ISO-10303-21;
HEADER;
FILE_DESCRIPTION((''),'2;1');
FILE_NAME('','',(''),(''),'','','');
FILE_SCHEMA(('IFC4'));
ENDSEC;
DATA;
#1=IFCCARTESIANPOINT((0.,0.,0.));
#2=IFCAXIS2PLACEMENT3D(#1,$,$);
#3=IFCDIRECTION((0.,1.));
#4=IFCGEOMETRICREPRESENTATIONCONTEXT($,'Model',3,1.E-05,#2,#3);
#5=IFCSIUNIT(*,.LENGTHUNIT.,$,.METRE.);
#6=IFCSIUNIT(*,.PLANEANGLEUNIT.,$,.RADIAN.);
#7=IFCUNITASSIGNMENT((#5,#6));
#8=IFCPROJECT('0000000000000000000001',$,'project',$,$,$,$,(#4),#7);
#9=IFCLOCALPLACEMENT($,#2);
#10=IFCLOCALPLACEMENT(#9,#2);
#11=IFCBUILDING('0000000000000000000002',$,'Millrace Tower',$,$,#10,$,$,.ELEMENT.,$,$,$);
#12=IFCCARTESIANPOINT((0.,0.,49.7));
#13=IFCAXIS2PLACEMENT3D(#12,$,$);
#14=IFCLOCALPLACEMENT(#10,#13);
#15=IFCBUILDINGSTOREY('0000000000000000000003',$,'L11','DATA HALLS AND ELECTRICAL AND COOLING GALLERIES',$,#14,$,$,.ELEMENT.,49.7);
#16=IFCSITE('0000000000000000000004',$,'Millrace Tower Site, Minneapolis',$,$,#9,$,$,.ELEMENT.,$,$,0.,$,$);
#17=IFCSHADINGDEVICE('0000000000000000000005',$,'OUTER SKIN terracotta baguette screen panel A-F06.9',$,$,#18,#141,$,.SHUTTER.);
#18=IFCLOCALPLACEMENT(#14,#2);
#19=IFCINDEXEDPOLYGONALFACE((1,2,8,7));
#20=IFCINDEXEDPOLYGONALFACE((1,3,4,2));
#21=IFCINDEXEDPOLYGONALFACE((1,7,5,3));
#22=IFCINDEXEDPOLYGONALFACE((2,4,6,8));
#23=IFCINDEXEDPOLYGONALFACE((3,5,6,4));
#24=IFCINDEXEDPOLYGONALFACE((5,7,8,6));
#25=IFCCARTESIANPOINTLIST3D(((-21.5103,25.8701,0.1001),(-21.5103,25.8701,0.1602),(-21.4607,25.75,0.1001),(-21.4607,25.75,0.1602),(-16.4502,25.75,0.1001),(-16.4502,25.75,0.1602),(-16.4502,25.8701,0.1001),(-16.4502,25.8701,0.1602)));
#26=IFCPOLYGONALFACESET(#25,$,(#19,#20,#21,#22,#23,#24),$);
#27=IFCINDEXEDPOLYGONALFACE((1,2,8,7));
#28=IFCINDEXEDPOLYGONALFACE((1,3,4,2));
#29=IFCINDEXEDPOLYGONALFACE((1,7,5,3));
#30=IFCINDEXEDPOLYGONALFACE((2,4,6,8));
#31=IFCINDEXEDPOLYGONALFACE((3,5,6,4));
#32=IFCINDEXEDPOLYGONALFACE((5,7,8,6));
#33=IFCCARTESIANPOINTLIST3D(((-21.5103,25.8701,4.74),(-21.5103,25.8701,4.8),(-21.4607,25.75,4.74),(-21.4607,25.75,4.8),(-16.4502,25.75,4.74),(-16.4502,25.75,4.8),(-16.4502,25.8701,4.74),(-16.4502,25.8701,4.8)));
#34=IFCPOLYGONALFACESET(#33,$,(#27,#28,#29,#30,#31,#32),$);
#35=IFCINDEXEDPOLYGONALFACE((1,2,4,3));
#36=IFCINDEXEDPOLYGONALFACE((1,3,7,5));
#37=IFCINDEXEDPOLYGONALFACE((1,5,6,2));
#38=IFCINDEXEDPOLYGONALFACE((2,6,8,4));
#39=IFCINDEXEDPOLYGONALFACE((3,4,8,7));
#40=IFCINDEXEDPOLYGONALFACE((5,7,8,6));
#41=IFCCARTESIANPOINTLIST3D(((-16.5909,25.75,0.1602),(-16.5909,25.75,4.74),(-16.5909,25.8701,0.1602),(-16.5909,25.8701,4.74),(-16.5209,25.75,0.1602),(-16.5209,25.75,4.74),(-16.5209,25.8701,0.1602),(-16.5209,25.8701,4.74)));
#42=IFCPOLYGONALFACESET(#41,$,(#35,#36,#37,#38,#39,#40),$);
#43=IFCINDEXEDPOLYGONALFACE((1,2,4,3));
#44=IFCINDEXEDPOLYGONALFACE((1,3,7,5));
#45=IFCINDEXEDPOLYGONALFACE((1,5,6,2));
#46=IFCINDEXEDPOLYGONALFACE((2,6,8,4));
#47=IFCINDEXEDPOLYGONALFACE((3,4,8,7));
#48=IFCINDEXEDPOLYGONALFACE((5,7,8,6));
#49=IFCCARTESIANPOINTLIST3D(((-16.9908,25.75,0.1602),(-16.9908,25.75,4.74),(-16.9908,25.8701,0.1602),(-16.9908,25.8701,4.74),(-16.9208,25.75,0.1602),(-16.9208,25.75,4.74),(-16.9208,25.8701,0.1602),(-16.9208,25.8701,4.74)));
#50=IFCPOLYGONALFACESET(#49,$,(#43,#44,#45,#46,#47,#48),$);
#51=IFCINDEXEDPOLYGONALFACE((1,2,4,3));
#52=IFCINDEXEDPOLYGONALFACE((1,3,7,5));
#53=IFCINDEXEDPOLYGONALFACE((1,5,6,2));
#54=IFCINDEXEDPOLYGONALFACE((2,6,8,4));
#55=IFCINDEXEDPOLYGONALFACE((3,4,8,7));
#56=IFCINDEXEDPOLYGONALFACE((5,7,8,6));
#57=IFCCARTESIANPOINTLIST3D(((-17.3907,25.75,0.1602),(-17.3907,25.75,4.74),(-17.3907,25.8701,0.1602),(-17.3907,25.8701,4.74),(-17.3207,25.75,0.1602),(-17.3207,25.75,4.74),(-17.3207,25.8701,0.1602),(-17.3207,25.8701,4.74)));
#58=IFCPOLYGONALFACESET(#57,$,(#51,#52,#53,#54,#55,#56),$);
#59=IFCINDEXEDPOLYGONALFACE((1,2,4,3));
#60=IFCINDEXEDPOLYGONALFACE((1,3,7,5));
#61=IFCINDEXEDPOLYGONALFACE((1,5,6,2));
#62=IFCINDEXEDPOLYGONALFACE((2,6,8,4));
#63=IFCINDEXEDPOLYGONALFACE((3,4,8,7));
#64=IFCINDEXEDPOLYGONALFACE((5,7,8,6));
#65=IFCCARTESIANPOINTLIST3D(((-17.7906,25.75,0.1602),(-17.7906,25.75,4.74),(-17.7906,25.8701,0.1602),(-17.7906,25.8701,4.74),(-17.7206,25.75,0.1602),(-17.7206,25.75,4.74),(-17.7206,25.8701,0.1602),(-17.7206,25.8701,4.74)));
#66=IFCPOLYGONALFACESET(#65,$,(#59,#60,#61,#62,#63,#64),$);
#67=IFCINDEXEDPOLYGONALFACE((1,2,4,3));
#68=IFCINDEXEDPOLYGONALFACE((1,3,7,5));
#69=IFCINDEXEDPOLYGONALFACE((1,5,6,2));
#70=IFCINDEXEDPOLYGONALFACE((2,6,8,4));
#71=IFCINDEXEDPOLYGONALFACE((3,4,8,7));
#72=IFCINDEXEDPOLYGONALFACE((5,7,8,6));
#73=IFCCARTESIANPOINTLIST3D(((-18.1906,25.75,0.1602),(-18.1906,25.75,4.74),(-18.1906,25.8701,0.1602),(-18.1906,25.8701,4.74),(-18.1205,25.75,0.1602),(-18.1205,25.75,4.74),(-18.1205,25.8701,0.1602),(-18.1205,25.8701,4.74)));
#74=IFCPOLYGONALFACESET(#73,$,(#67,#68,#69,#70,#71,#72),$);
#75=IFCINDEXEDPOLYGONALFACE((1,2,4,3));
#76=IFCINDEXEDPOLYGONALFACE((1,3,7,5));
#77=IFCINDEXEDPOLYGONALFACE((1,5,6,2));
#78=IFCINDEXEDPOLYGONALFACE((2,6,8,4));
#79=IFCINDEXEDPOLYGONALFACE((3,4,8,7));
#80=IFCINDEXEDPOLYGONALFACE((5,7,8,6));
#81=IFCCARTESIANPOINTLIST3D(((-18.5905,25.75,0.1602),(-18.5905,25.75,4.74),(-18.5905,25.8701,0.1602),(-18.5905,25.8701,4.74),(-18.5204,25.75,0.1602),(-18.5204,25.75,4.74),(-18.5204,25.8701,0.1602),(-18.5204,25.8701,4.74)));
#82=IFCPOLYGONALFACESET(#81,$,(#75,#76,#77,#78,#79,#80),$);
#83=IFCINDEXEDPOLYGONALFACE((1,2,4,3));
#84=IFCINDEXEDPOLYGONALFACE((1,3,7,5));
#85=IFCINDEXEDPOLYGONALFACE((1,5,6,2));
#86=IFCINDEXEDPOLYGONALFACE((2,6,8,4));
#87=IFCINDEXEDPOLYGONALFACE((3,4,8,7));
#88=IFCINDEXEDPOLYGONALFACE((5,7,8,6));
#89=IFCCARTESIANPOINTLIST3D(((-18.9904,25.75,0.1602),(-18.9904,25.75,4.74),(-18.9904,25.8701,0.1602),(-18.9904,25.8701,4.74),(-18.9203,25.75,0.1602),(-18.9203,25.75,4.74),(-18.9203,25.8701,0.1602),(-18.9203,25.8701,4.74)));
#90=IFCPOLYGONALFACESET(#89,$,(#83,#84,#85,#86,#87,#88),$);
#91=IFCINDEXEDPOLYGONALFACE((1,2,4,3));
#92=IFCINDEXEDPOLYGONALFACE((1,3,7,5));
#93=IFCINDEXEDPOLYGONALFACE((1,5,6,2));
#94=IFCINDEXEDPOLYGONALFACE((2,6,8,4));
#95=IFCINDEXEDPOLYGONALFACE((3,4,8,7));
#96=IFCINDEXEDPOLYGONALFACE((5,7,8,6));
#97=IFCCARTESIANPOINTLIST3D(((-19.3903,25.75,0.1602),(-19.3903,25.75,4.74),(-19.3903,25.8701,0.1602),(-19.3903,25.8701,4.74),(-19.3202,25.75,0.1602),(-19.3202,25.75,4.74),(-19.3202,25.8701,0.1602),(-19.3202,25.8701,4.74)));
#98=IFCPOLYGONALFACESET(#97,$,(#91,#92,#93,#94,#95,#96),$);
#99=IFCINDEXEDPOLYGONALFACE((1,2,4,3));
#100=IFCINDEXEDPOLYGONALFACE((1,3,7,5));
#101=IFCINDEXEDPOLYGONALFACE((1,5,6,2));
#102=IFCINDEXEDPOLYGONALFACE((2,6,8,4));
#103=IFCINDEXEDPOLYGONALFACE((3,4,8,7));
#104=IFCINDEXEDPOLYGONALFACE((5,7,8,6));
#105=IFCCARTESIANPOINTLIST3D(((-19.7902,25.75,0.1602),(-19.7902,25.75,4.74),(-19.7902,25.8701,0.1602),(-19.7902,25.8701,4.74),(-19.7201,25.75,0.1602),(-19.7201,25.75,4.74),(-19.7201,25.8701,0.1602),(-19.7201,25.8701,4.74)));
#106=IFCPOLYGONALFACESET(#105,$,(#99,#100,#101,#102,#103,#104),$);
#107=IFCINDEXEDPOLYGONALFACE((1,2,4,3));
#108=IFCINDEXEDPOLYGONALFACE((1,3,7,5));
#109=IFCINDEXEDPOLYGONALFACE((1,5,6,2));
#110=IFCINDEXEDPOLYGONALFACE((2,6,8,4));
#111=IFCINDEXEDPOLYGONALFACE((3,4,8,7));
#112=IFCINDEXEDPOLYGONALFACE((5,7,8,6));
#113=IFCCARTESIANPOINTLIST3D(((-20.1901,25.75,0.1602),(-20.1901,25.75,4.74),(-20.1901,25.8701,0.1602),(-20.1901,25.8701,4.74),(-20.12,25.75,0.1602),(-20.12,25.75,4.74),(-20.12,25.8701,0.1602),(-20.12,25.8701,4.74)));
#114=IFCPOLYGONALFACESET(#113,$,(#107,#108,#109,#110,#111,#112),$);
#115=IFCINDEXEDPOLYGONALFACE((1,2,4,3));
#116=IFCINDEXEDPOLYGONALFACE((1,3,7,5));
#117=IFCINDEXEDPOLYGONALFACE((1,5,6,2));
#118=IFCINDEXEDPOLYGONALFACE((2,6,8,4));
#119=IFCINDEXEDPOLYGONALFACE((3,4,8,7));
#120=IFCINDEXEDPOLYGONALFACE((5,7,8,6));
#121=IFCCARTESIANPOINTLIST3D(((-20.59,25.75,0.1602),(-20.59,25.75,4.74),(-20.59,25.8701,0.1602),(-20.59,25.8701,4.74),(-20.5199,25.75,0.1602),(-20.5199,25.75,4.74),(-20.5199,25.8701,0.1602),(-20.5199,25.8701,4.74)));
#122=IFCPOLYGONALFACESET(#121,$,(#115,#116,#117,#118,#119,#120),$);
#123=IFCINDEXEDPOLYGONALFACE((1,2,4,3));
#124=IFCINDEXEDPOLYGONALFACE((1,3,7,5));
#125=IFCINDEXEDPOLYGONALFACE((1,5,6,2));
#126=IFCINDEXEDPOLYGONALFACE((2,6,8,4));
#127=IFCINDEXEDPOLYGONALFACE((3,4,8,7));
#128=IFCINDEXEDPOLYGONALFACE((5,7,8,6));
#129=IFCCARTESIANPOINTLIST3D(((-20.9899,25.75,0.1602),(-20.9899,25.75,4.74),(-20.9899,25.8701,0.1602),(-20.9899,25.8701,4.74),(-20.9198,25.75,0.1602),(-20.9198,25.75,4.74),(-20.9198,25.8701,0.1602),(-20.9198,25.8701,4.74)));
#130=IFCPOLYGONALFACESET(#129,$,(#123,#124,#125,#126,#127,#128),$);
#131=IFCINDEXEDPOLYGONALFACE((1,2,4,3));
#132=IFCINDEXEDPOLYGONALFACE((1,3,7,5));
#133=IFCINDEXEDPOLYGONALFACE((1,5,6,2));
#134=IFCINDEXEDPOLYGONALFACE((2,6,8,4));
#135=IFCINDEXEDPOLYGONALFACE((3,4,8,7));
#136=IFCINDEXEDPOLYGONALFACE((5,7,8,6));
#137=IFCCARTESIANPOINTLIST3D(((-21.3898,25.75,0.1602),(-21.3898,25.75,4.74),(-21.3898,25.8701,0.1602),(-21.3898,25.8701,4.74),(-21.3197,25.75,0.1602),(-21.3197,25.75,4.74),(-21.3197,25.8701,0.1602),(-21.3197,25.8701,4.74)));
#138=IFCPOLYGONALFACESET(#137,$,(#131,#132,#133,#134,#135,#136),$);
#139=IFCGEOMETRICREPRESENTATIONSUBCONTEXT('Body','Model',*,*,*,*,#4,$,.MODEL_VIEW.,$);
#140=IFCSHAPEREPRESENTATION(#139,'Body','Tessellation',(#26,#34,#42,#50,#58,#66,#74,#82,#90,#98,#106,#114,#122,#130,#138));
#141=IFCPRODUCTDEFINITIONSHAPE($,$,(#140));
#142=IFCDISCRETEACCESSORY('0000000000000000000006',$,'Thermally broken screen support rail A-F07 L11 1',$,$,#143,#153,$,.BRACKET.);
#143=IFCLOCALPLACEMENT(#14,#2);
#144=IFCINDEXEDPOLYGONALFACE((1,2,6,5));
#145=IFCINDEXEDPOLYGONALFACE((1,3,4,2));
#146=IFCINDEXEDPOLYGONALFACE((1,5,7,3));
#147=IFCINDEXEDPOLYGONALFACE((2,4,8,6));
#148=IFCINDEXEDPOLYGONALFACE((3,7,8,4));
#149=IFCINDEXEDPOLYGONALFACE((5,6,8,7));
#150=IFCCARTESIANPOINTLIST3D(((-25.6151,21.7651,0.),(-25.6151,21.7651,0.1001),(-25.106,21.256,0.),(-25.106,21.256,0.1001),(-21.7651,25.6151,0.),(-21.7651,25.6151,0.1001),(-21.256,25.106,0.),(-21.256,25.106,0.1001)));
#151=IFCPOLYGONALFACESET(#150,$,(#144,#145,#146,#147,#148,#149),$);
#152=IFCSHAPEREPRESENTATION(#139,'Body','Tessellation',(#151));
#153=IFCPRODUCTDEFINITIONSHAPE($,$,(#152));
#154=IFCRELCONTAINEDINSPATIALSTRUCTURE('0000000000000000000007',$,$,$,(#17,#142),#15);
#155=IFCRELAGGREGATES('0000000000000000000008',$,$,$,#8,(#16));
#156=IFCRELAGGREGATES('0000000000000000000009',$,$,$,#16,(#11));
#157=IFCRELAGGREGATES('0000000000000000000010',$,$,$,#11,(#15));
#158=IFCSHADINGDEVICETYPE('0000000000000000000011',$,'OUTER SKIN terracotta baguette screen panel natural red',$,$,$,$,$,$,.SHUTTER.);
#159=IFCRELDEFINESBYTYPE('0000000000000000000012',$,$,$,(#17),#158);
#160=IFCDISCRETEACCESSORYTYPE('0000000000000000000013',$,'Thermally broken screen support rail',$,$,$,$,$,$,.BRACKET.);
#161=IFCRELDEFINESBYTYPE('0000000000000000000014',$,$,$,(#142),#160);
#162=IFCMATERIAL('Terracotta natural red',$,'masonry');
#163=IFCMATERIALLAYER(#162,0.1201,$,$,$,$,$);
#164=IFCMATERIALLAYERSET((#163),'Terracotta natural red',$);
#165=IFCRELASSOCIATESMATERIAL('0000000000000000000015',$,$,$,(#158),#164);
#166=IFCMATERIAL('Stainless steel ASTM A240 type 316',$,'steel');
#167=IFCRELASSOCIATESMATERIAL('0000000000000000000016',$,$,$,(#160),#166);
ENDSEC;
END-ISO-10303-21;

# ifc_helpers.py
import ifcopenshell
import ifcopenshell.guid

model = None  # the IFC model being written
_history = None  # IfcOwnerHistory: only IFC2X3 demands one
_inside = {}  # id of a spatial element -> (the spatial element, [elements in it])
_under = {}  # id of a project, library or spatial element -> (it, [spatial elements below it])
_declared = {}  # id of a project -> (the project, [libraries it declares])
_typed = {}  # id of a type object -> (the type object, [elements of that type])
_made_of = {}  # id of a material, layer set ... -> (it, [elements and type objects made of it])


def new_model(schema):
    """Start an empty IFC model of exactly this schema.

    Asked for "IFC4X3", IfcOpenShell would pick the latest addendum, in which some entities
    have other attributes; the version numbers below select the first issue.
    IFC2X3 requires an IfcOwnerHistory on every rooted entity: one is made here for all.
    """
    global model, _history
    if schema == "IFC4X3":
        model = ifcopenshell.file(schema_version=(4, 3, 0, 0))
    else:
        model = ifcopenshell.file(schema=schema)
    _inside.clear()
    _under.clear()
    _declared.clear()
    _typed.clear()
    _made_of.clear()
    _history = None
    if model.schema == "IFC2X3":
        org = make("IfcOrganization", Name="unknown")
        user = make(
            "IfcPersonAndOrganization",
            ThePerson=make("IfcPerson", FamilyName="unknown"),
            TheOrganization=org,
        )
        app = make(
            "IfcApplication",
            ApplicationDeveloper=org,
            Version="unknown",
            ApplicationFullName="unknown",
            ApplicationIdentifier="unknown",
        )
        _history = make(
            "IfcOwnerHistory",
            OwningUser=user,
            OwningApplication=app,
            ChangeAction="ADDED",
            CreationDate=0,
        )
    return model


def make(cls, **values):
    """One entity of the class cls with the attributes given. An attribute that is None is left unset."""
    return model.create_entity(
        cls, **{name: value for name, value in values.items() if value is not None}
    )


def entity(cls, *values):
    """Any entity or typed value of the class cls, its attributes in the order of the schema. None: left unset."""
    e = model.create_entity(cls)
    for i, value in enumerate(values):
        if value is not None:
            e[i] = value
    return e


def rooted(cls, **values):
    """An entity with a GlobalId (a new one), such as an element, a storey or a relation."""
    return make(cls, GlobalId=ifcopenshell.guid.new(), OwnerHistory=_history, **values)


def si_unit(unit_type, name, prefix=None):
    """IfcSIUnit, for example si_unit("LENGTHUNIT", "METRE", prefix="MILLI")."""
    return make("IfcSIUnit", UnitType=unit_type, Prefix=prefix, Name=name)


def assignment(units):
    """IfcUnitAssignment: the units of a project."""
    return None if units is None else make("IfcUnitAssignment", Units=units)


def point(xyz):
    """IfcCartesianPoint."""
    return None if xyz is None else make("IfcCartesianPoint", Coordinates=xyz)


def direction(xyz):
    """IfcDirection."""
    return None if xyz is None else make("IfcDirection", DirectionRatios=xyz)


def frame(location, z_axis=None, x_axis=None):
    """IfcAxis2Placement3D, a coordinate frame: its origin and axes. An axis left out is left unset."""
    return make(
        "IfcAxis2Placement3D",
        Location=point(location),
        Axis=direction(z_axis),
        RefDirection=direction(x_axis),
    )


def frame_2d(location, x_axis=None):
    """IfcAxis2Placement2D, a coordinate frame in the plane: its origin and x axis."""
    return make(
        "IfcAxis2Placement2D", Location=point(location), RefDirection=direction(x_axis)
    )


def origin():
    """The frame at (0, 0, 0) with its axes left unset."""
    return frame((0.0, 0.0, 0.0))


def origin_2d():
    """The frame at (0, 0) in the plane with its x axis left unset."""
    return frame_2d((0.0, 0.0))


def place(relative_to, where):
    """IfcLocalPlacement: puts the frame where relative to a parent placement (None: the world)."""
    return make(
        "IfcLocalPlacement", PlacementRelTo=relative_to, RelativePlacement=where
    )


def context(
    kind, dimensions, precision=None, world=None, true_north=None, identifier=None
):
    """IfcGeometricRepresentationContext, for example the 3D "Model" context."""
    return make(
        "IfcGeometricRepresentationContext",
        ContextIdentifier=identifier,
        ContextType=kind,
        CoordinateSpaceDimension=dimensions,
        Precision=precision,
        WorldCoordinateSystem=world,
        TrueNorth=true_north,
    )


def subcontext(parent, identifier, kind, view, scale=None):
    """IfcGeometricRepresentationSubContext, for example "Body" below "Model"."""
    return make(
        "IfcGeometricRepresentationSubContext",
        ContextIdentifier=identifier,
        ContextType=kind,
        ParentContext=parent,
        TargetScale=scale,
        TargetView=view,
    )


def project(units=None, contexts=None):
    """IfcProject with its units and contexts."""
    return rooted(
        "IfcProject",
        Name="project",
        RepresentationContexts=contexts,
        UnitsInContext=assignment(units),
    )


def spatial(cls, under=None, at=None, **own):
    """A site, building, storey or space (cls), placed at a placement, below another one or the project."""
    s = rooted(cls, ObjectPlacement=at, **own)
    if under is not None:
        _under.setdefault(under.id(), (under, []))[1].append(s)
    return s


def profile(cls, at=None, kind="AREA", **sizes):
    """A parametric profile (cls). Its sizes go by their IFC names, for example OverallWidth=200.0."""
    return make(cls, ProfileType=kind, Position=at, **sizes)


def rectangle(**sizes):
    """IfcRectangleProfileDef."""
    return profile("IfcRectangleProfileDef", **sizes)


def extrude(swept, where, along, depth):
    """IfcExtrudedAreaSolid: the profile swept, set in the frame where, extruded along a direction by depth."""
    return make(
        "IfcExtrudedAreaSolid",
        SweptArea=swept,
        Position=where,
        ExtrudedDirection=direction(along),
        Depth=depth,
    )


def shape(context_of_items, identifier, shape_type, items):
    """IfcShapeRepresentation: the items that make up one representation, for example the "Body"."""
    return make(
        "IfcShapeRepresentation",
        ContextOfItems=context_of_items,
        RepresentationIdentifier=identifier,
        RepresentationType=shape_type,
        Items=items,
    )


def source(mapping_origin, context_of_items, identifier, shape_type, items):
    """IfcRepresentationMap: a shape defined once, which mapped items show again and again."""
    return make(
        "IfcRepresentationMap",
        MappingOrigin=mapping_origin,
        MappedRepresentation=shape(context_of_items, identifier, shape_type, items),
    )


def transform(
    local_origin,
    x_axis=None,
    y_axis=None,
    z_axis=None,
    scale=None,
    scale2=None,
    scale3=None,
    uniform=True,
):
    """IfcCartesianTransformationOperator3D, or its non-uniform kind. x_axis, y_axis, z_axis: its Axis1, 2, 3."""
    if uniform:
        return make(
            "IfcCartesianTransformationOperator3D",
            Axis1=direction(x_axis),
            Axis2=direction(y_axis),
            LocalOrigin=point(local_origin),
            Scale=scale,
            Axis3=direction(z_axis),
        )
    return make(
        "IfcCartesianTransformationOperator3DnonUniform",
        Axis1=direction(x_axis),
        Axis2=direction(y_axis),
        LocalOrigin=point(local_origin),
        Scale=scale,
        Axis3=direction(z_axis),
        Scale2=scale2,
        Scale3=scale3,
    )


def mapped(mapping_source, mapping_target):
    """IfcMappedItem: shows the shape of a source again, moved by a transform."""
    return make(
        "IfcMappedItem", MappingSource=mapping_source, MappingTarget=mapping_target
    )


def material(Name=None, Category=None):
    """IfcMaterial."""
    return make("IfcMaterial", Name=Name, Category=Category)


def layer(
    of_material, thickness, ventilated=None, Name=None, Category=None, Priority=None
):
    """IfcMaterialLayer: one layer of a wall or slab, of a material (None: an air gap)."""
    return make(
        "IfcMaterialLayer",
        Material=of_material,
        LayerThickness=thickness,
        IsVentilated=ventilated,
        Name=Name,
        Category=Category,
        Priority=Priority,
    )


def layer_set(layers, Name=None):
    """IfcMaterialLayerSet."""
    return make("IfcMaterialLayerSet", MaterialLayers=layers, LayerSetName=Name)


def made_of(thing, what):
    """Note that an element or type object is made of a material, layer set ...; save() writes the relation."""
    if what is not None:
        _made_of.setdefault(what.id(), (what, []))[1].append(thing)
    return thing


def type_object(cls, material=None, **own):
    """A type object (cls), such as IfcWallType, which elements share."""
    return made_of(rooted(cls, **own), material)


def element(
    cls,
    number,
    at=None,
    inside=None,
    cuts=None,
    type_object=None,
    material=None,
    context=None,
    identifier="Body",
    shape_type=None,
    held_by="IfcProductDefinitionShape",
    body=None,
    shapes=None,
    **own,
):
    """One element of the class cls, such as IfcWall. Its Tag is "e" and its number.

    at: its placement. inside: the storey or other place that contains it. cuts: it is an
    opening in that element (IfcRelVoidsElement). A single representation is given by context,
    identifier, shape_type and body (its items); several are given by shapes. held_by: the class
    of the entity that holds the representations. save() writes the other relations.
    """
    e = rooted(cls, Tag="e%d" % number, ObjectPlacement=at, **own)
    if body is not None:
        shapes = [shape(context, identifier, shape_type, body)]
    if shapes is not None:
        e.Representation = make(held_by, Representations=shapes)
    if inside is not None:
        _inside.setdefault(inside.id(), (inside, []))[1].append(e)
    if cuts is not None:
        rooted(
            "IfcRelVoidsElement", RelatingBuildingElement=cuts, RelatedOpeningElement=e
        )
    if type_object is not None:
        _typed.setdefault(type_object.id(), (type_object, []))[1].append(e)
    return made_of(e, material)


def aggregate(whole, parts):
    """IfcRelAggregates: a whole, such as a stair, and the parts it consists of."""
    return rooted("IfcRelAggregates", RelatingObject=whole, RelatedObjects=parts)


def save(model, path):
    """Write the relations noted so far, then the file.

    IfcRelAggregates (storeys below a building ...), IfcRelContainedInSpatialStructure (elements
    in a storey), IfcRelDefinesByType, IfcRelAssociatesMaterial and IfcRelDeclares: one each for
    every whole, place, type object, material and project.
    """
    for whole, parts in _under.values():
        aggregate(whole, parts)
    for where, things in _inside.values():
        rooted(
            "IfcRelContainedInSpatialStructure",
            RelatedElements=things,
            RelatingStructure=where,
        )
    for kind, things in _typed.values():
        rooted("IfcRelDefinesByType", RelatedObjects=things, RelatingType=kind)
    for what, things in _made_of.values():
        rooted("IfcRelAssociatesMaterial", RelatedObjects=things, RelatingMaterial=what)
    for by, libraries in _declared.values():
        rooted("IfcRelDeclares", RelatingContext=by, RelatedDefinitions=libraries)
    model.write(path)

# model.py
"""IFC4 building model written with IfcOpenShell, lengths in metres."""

from ifc_helpers import new_model, entity, si_unit, direction, frame, frame_2d, origin, origin_2d, place, context, subcontext, project, spatial, rectangle, extrude, source, transform, mapped, material, layer, layer_set, type_object, element, save


model = new_model("IFC4")

# Units and contexts
model_context = context("Model", 3, precision=1e-05, world=origin(), true_north=direction((0.0, 1.0)))
body_context = subcontext(model_context, "Body", "Model", "MODEL_VIEW")
ifc_project = project(units=[si_unit("LENGTHUNIT", "METRE"), si_unit("PLANEANGLEUNIT", "RADIAN")], contexts=[model_context])

# Site, building, storey
site_placement = place(None, origin())
site = spatial("IfcSite", under=ifc_project, at=site_placement, Name="Millrace Tower Site, Minneapolis", CompositionType="ELEMENT", RefElevation=0.0)
building_placement = place(site_placement, origin())
building = spatial("IfcBuilding", under=site, at=building_placement, Name="Millrace Tower", CompositionType="ELEMENT")
storey_placement = place(building_placement, frame((0.0, 0.0, 49.7)))
storey = spatial("IfcBuildingStorey", under=building, at=storey_placement, Name="L11", Description="DATA HALLS AND ELECTRICAL AND COOLING GALLERIES", CompositionType="ELEMENT", Elevation=49.7)

# Shading device
ifc_material_1 = material(Name="Terracotta natural red", Category="masonry")
ifc_layer_1 = layer(ifc_material_1, 0.1201)
ifc_layer_set_1 = layer_set([ifc_layer_1], Name="Terracotta natural red")
shading_device_type_1 = type_object("IfcShadingDeviceType", Name="OUTER SKIN terracotta baguette screen panel natural red", PredefinedType="SHUTTER", material=ifc_layer_set_1)
cartesian_point_1 = entity("IfcCartesianPoint", [-2.5176, 0.0601])
shared_polyline_1 = entity("IfcPolyline", [cartesian_point_1, entity("IfcCartesianPoint", [2.4929, 0.0601]), entity("IfcCartesianPoint", [2.5425, -0.0601]), entity("IfcCartesianPoint", [-2.5176, -0.0601]), cartesian_point_1])
shared_shape_1 = source(origin(), body_context, "Body", "SweptSolid", [
    entity("IfcExtrudedAreaSolid", entity("IfcArbitraryClosedProfileDef", "AREA", None, shared_polyline_1), entity("IfcAxis2Placement3D", entity("IfcCartesianPoint", [0.0, 0.0, 0.0])), entity("IfcDirection", [0.0, 0.0, 1.0]), 0.0601),
    entity("IfcExtrudedAreaSolid", entity("IfcArbitraryClosedProfileDef", "AREA", None, shared_polyline_1), entity("IfcAxis2Placement3D", entity("IfcCartesianPoint", [0.0, 0.0, 4.6399])), entity("IfcDirection", [0.0, 0.0, 1.0]), 0.0601),
    extrude(rectangle(XDim=0.0701, YDim=0.1201, at=frame_2d((-2.4119, 0.0))), frame((0.0, 0.0, 0.0601)), (0.0, 0.0, 1.0), 4.5798),
    extrude(rectangle(XDim=0.0701, YDim=0.1201, at=frame_2d((-2.012, 0.0))), frame((0.0, 0.0, 0.0601)), (0.0, 0.0, 1.0), 4.5798),
    extrude(rectangle(XDim=0.0701, YDim=0.1201, at=frame_2d((-1.6121, 0.0))), frame((0.0, 0.0, 0.0601)), (0.0, 0.0, 1.0), 4.5798),
    extrude(rectangle(XDim=0.0701, YDim=0.1201, at=frame_2d((-1.2122, 0.0))), frame((0.0, 0.0, 0.0601)), (0.0, 0.0, 1.0), 4.5798),
    extrude(rectangle(XDim=0.0701, YDim=0.1201, at=frame_2d((-0.8123, 0.0))), frame((0.0, 0.0, 0.0601)), (0.0, 0.0, 1.0), 4.5798),
    extrude(rectangle(XDim=0.0701, YDim=0.1201, at=frame_2d((-0.4124, 0.0))), frame((0.0, 0.0, 0.0601)), (0.0, 0.0, 1.0), 4.5798),
    extrude(rectangle(XDim=0.0701, YDim=0.1201, at=frame_2d((-0.0125, 0.0))), frame((0.0, 0.0, 0.0601)), (0.0, 0.0, 1.0), 4.5798),
    extrude(rectangle(XDim=0.0701, YDim=0.1201, at=frame_2d((0.3875, 0.0))), frame((0.0, 0.0, 0.0601)), (0.0, 0.0, 1.0), 4.5798),
    extrude(rectangle(XDim=0.0701, YDim=0.1201, at=frame_2d((0.7874, 0.0))), frame((0.0, 0.0, 0.0601)), (0.0, 0.0, 1.0), 4.5798),
    extrude(rectangle(XDim=0.0701, YDim=0.1201, at=frame_2d((1.1873, 0.0))), frame((0.0, 0.0, 0.0601)), (0.0, 0.0, 1.0), 4.5798),
    extrude(rectangle(XDim=0.0701, YDim=0.1201, at=frame_2d((1.5872, 0.0))), frame((0.0, 0.0, 0.0601)), (0.0, 0.0, 1.0), 4.5798),
    extrude(rectangle(XDim=0.0701, YDim=0.1201, at=frame_2d((1.9871, 0.0))), frame((0.0, 0.0, 0.0601)), (0.0, 0.0, 1.0), 4.5798),
    extrude(rectangle(XDim=0.0701, YDim=0.1201, at=frame_2d((2.387, 0.0))), frame((0.0, 0.0, 0.0601)), (0.0, 0.0, 1.0), 4.5798),
])
shading_device_1_placement = place(storey_placement, frame((-18.9678, 25.8101, 0.1001), z_axis=(0.0, 0.0, 1.0), x_axis=(-1.0, 0.0, 0.0)))
element("IfcShadingDevice", 1, at=shading_device_1_placement, inside=storey, type_object=shading_device_type_1, Name="OUTER SKIN terracotta baguette screen panel A-F06.9", PredefinedType="SHUTTER", context=body_context, shape_type="MappedRepresentation", body=[
    mapped(shared_shape_1, transform((0.0, 0.0, 0.0), scale=1.0)),
])

# Discrete accessory
ifc_material_2 = material(Name="Stainless steel ASTM A240 type 316", Category="steel")
discrete_accessory_type = type_object("IfcDiscreteAccessoryType", Name="Thermally broken screen support rail", PredefinedType="BRACKET", material=ifc_material_2)
discrete_accessory_placement = place(storey_placement, frame((-23.4355, 23.4355, 0.0), z_axis=(0.0, 0.0, 1.0), x_axis=(-0.707107, -0.707107, 0.0)))
element("IfcDiscreteAccessory", 2, at=discrete_accessory_placement, inside=storey, type_object=discrete_accessory_type, Name="Thermally broken screen support rail A-F07 L11 1", PredefinedType="BRACKET", context=body_context, shape_type="SweptSolid", body=[
    extrude(rectangle(XDim=5.4448, YDim=0.72, at=origin_2d()), origin(), (0.0, 0.0, 1.0), 0.1001),
])

save(model, "model.ifc")
